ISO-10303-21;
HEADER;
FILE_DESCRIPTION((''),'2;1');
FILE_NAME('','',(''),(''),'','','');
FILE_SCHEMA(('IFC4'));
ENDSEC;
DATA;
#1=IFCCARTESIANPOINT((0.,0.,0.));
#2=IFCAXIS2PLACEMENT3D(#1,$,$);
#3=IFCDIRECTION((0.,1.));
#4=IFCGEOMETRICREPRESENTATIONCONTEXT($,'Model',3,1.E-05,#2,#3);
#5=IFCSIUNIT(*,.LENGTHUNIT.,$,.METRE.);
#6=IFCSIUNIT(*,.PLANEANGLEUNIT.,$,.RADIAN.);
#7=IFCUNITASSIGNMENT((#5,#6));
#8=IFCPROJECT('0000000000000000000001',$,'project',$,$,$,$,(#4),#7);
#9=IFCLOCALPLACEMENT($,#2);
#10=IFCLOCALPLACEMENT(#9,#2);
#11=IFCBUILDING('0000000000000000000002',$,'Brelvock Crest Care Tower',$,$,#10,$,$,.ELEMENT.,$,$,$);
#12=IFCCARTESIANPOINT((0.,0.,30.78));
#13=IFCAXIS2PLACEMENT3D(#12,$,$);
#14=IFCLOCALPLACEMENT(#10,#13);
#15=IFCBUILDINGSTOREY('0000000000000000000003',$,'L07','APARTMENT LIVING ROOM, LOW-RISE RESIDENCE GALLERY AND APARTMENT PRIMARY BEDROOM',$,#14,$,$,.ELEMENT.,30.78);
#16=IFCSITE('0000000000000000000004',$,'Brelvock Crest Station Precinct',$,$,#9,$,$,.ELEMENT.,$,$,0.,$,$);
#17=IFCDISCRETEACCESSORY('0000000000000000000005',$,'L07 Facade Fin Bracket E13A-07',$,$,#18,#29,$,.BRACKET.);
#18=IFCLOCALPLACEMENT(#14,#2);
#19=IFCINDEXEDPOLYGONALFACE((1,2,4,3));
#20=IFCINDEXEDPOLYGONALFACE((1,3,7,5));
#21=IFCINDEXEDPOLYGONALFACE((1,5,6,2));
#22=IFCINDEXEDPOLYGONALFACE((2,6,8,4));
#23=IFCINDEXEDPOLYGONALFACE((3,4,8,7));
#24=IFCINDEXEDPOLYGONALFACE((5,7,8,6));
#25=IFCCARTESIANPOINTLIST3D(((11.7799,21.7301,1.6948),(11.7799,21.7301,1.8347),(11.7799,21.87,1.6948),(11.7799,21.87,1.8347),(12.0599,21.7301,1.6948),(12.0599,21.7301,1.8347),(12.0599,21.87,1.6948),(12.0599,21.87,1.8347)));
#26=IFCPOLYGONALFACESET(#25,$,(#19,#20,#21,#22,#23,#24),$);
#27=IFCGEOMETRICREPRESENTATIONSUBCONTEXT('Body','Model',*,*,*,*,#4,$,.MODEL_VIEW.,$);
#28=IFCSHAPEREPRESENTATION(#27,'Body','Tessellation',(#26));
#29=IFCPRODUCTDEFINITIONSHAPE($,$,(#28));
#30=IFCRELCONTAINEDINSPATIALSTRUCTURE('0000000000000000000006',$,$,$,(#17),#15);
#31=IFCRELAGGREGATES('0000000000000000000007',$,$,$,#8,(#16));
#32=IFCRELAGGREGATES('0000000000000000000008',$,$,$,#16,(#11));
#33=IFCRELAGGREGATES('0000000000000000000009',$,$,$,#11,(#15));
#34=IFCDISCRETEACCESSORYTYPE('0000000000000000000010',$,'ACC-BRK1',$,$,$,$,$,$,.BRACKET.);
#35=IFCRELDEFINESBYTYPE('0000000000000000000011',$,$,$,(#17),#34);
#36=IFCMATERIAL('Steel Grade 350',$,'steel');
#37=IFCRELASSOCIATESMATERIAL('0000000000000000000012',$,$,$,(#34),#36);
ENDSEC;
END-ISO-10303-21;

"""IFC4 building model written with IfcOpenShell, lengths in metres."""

from ifc_helpers import new_model, si_unit, direction, frame, origin, origin_2d, place, context, subcontext, project, spatial, rectangle, extrude, source, transform, mapped, material, type_object, element, save


model = new_model("IFC4")

# Units and contexts
model_context = context("Model", 3, precision=1e-05, world=origin(), true_north=direction((0.0, 1.0)))
body_context = subcontext(model_context, "Body", "Model", "MODEL_VIEW")
ifc_project = project(units=[si_unit("LENGTHUNIT", "METRE"), si_unit("PLANEANGLEUNIT", "RADIAN")], contexts=[model_context])

# Site, building, storey
site_placement = place(None, origin())
site = spatial("IfcSite", under=ifc_project, at=site_placement, Name="Brelvock Crest Station Precinct", CompositionType="ELEMENT", RefElevation=0.0)
building_placement = place(site_placement, origin())
building = spatial("IfcBuilding", under=site, at=building_placement, Name="Brelvock Crest Care Tower", CompositionType="ELEMENT")
storey_placement = place(building_placement, frame((0.0, 0.0, 30.78)))
storey = spatial("IfcBuildingStorey", under=building, at=storey_placement, Name="L07", Description="APARTMENT LIVING ROOM, LOW-RISE RESIDENCE GALLERY AND APARTMENT PRIMARY BEDROOM", CompositionType="ELEMENT", Elevation=30.78)

# Shared definitions
ifc_material_1 = material(Name="Steel Grade 350", Category="steel")

# Discrete accessory
discrete_accessory_type = type_object("IfcDiscreteAccessoryType", Name="ACC-BRK1", PredefinedType="BRACKET", material=ifc_material_1)
shared_shape_1 = source(origin(), body_context, "Body", "SweptSolid", [
    extrude(rectangle(XDim=0.28, YDim=0.1399, at=origin_2d()), origin(), (0.0, 0.0, 1.0), 0.1399),
])
discrete_accessory_placement = place(storey_placement, frame((11.9199, 21.8, 1.6948), z_axis=(0.0, 0.0, 1.0), x_axis=(-1.0, 0.0, 0.0)))
element("IfcDiscreteAccessory", 1, at=discrete_accessory_placement, inside=storey, type_object=discrete_accessory_type, Name="L07 Facade Fin Bracket E13A-07", PredefinedType="BRACKET", context=body_context, shape_type="MappedRepresentation", body=[
    mapped(shared_shape_1, transform((0.0, 0.0, 0.0), x_axis=(1.0, 0.0, 0.0), y_axis=(0.0, 1.0, 0.0), z_axis=(0.0, 0.0, 1.0), scale=1.0)),
])

save(model, "model.ifc")
